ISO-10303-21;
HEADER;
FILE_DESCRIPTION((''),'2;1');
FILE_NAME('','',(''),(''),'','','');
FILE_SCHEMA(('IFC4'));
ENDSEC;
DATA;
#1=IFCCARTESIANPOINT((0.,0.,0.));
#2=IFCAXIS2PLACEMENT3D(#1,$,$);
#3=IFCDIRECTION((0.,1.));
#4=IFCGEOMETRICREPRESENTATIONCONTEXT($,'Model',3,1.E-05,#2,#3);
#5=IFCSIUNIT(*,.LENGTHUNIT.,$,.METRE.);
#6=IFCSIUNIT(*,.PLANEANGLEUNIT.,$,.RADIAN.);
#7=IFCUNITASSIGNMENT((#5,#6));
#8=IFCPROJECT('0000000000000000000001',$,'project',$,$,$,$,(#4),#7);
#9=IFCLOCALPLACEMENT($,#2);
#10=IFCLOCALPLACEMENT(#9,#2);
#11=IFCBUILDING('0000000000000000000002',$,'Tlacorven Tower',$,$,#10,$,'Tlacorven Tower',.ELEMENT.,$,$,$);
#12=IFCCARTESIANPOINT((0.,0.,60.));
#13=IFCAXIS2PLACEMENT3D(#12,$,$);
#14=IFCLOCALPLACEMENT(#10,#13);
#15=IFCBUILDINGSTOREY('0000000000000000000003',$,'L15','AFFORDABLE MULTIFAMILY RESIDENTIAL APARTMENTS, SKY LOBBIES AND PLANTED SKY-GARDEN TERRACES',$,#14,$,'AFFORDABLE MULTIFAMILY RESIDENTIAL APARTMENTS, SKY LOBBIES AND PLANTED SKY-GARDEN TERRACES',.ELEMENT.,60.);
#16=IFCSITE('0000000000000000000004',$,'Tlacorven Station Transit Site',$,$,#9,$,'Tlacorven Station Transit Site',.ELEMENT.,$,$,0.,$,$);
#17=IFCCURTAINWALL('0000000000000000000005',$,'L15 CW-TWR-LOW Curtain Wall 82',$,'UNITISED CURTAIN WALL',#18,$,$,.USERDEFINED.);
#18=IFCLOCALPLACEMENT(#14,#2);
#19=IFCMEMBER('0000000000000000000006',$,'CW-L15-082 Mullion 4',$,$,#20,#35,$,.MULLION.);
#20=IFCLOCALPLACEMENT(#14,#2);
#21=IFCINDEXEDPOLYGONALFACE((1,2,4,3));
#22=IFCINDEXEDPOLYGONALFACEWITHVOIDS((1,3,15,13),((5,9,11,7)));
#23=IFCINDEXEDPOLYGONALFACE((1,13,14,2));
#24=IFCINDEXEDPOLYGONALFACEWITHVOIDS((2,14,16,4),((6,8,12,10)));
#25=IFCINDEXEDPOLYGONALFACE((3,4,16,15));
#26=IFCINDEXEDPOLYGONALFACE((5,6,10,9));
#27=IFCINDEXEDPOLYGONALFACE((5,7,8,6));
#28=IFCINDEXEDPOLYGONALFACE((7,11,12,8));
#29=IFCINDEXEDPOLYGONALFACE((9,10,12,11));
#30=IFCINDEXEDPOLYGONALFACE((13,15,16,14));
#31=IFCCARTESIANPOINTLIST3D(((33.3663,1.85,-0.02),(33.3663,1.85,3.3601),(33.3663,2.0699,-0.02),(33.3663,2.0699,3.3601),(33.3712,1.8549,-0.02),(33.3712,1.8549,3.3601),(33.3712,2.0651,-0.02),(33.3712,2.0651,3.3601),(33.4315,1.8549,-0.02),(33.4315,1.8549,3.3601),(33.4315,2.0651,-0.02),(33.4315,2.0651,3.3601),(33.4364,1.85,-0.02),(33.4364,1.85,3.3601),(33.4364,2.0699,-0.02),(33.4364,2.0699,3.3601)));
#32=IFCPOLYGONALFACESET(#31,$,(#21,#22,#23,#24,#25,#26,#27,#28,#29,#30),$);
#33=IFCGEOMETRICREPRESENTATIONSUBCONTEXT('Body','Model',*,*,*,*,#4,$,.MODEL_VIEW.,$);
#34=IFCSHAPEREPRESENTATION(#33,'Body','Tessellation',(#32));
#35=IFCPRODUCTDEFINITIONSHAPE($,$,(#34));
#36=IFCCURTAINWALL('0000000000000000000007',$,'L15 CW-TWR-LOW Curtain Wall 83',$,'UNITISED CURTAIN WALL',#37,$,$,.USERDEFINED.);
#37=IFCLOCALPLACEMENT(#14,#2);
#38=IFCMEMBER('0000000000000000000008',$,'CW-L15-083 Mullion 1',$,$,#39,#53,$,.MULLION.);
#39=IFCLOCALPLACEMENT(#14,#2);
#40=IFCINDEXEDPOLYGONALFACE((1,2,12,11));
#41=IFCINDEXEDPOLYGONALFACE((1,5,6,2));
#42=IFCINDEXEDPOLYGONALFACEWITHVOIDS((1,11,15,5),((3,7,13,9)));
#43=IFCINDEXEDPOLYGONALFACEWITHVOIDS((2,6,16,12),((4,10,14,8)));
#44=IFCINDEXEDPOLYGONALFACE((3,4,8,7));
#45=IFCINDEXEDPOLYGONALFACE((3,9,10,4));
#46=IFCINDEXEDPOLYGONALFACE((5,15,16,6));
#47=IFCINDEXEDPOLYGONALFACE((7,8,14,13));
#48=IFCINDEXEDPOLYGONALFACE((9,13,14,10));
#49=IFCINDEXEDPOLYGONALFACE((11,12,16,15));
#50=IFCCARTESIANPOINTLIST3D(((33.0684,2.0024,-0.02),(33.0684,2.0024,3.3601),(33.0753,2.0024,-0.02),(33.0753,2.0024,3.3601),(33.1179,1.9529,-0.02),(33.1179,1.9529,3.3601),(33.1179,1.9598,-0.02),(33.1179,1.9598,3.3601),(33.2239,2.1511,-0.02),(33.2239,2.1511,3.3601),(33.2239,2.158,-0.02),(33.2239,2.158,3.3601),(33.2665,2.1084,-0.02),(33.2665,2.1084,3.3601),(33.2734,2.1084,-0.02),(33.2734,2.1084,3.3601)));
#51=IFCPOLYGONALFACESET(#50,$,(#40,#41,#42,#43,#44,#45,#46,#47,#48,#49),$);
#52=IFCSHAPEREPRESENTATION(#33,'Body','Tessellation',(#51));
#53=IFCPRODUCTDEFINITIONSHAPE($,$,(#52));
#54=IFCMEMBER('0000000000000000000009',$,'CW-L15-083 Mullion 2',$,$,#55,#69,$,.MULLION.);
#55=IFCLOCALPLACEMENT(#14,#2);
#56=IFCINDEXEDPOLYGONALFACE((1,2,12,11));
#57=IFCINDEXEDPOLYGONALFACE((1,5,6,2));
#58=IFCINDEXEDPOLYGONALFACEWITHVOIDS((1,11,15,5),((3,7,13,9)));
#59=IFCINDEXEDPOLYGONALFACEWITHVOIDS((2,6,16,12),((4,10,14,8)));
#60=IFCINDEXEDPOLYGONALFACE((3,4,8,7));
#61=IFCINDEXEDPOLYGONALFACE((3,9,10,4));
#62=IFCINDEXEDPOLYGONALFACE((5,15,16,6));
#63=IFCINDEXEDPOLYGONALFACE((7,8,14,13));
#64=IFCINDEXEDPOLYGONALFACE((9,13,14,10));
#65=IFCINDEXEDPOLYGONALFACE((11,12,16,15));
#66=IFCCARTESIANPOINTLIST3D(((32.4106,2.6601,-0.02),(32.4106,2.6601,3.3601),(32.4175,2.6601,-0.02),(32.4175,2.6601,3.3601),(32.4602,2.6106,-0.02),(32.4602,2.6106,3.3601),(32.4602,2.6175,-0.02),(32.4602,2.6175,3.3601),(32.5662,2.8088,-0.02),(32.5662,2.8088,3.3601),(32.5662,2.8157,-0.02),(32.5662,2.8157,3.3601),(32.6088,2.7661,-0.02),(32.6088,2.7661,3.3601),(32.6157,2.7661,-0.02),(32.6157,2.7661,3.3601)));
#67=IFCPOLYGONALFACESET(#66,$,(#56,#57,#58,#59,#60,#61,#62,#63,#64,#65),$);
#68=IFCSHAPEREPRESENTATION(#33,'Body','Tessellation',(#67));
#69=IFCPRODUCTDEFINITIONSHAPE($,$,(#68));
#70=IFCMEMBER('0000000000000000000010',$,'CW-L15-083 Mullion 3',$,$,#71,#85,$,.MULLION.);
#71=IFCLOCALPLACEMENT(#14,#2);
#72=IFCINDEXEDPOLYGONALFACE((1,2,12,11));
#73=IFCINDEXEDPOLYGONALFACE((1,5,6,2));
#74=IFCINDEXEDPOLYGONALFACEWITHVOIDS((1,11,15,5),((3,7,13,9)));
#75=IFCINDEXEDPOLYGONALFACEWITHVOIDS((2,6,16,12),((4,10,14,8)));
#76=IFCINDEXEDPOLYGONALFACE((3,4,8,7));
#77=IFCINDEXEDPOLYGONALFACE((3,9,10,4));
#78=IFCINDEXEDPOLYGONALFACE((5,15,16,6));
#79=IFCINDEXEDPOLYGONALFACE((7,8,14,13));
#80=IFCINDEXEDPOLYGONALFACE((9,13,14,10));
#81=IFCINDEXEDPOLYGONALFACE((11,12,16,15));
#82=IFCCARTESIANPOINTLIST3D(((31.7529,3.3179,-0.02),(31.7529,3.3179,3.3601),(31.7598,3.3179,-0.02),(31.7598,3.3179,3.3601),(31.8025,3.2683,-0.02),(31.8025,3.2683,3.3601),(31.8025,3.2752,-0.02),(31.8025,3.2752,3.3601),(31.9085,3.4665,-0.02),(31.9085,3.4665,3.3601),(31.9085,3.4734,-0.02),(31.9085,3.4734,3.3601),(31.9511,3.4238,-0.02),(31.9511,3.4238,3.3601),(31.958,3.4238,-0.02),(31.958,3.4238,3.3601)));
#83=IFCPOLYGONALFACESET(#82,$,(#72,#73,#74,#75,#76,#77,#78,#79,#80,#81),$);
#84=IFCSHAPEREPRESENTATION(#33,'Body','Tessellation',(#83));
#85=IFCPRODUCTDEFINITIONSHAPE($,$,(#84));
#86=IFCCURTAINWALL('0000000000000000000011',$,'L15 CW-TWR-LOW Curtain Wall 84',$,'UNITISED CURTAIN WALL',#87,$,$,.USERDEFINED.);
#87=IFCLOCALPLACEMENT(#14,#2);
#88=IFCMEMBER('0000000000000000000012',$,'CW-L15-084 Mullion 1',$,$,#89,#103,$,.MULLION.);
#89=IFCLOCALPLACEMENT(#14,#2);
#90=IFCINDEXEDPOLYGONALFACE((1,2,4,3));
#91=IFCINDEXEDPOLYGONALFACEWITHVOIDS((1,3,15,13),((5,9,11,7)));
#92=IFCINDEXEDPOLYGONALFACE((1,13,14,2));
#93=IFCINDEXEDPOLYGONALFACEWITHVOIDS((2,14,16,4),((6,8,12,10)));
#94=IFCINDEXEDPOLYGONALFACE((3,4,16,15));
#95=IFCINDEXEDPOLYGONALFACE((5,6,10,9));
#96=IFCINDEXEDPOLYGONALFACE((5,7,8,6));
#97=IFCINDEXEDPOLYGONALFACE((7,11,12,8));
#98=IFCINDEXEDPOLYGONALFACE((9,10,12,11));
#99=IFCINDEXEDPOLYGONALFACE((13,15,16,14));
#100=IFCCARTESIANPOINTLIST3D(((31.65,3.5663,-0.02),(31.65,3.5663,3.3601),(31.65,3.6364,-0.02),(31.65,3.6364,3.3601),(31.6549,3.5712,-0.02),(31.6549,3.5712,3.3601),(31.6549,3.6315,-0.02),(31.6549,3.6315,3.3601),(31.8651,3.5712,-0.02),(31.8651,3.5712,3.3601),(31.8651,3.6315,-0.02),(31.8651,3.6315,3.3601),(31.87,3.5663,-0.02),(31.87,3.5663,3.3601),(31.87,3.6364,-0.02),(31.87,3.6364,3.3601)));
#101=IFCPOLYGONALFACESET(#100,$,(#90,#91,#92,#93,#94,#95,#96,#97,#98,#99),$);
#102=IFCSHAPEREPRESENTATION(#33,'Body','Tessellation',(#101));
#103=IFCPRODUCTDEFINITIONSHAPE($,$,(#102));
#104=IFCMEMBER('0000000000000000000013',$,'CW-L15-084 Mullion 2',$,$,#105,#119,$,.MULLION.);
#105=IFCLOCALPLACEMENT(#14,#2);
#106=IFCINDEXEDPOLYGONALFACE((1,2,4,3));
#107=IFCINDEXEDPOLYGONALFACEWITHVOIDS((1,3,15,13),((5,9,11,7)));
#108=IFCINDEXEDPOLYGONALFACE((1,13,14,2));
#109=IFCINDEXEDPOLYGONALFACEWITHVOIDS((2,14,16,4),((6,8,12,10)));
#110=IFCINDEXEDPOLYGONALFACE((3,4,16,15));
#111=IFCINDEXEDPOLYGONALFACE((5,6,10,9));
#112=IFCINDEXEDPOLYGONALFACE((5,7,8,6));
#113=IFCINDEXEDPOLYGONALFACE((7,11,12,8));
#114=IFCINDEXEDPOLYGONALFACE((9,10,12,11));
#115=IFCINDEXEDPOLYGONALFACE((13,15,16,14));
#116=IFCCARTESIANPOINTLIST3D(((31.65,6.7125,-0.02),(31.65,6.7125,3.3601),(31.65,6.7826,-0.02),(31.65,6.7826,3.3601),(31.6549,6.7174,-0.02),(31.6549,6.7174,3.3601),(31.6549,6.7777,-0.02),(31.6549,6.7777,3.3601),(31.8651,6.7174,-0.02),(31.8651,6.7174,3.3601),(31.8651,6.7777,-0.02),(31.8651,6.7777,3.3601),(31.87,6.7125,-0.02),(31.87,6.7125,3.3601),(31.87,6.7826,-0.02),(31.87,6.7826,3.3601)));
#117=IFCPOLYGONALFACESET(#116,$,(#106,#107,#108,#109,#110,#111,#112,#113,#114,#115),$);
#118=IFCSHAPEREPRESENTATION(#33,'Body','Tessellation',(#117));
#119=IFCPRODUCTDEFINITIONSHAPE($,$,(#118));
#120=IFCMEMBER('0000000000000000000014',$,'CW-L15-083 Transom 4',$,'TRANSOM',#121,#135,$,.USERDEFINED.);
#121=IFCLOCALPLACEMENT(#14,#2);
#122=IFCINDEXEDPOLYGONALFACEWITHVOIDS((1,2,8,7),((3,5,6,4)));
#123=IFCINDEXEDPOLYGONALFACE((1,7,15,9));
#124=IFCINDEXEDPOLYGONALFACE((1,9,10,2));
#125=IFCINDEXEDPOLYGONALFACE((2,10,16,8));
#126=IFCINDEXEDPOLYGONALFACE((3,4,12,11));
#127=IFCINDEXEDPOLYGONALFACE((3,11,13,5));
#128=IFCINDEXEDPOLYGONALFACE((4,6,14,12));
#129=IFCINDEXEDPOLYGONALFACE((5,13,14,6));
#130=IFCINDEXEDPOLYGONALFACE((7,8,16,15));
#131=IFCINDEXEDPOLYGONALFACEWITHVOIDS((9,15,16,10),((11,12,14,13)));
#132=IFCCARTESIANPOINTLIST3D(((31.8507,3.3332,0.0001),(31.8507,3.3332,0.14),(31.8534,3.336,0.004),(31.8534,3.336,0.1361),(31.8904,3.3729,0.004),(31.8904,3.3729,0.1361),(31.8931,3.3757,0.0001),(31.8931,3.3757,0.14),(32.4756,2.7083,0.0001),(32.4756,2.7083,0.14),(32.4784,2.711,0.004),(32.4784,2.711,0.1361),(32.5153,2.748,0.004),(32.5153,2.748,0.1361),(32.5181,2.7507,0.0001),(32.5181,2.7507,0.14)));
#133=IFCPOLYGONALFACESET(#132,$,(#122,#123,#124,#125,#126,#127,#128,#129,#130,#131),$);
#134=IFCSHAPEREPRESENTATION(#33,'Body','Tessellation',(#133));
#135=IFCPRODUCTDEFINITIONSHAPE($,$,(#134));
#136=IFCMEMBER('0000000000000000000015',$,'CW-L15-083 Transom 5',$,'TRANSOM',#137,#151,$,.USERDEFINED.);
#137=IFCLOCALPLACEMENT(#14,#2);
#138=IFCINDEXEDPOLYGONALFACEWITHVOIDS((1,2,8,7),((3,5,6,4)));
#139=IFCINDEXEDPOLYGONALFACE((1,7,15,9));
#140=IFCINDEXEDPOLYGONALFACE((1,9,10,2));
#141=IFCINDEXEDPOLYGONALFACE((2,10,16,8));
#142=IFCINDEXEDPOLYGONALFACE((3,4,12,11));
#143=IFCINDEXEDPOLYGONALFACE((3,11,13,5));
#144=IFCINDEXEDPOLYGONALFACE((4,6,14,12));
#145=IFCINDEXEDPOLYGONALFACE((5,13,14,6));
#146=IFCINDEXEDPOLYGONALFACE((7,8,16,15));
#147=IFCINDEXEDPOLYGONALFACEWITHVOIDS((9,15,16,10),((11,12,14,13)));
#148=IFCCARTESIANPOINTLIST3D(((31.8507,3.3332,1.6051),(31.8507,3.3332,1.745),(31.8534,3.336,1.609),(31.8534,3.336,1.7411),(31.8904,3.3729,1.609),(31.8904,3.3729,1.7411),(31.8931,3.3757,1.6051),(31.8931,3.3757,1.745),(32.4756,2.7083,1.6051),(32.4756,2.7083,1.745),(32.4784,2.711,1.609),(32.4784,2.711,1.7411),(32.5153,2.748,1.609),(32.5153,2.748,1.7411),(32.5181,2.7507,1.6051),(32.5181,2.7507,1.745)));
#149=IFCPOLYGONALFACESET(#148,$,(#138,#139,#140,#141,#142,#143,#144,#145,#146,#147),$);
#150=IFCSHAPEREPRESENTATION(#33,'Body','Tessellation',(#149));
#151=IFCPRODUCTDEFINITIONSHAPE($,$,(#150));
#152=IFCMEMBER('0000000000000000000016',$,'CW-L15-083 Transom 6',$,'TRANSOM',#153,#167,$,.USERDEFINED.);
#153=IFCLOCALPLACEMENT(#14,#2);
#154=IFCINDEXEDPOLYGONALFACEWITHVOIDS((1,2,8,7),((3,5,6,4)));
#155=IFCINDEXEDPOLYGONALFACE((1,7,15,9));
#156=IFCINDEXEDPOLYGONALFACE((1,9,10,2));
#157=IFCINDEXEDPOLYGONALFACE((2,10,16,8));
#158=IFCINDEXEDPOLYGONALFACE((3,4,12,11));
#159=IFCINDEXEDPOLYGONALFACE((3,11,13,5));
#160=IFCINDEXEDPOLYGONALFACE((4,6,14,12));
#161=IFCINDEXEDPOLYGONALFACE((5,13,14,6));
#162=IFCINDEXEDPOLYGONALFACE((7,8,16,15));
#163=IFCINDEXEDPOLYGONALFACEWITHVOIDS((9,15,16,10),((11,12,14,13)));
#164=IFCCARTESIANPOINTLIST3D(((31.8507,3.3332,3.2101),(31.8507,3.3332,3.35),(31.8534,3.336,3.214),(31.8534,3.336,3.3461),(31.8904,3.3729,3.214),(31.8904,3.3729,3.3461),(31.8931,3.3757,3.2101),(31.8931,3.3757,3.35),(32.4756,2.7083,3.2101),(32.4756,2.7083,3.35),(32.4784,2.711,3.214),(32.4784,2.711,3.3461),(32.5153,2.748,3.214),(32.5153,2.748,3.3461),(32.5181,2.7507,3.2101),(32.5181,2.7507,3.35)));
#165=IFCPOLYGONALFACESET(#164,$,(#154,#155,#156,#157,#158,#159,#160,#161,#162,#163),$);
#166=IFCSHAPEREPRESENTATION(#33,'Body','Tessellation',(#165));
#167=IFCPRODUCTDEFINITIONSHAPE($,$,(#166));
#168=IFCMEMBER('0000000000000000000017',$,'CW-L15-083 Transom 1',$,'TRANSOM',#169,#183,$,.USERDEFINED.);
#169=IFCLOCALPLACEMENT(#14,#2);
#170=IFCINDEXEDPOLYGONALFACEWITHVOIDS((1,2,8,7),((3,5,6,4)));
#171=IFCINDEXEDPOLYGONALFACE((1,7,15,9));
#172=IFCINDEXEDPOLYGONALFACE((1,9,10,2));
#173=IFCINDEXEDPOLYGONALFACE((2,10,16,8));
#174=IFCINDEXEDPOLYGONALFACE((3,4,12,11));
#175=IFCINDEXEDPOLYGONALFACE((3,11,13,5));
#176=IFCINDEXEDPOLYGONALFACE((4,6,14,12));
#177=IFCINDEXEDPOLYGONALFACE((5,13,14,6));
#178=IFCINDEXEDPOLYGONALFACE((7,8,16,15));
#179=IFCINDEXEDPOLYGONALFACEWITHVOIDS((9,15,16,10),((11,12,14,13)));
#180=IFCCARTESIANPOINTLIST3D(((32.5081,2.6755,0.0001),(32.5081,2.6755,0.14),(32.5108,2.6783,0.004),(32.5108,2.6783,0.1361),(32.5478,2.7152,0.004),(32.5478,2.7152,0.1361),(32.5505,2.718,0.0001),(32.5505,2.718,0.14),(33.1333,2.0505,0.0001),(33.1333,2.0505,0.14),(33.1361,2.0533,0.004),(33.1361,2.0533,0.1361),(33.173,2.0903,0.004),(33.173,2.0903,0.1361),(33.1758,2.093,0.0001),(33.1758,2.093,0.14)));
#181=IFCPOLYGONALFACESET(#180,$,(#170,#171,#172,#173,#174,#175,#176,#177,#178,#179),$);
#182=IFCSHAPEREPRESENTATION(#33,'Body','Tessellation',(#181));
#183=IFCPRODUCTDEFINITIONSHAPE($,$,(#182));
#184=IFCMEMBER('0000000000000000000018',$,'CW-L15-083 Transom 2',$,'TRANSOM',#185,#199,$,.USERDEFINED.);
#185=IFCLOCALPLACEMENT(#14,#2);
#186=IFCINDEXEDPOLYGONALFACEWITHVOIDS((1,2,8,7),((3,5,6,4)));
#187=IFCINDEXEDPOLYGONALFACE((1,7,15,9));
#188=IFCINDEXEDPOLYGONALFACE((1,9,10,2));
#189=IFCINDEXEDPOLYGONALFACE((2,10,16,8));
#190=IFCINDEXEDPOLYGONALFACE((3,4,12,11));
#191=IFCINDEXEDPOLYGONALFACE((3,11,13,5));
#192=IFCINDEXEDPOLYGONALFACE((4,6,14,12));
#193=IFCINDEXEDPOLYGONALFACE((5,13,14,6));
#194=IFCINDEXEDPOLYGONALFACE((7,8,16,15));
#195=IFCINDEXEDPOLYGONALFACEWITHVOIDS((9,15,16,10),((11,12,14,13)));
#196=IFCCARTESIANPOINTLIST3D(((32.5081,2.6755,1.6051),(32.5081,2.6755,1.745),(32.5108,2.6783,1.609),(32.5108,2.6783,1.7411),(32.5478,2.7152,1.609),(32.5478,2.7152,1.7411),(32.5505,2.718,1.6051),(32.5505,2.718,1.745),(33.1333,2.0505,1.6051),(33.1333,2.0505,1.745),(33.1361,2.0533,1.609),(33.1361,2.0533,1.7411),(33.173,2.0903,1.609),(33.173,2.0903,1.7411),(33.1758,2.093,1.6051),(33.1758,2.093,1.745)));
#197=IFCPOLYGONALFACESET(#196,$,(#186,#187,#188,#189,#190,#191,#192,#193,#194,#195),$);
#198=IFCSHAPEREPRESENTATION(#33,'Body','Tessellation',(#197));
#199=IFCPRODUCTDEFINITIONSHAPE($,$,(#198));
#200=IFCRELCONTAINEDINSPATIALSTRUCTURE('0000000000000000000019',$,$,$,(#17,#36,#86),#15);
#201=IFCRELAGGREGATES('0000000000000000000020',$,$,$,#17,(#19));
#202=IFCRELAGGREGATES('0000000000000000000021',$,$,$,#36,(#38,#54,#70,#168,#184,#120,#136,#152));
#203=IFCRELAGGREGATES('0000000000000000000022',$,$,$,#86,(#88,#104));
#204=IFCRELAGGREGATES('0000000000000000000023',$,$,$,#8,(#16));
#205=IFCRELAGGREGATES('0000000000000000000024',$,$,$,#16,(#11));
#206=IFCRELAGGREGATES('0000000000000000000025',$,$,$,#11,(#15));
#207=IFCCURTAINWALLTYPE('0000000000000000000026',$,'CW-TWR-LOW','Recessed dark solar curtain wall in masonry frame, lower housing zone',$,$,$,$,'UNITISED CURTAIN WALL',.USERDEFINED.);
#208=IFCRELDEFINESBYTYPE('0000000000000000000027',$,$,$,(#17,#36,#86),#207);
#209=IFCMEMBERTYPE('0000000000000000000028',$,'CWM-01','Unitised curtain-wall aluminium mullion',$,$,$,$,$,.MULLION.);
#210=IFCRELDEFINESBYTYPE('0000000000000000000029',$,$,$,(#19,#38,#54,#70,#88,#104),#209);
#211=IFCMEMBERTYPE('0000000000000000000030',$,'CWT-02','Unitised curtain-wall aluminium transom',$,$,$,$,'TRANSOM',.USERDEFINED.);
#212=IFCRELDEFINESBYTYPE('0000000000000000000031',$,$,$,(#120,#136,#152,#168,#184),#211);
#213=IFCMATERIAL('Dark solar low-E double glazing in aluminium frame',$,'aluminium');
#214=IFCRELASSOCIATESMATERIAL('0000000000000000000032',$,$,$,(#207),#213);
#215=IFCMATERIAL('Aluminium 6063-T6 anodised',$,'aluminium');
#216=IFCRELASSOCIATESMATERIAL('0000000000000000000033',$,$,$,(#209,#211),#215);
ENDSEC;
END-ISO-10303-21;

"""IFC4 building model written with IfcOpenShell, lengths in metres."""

from ifc_helpers import new_model, si_unit, direction, frame, origin, origin_2d, place, context, subcontext, project, spatial, hollow_rectangle, extrude, source, transform, mapped, material, material_profile, profile_set, type_object, element, aggregate, save


model = new_model("IFC4")

# Units and contexts
model_context = context("Model", 3, precision=1e-05, world=origin(), true_north=direction((0.0, 1.0)))
body_context = subcontext(model_context, "Body", "Model", "MODEL_VIEW")
ifc_project = project(units=[si_unit("LENGTHUNIT", "METRE"), si_unit("PLANEANGLEUNIT", "RADIAN")], contexts=[model_context])

# Site, building, storey
site_placement = place(None, origin())
site = spatial("IfcSite", under=ifc_project, at=site_placement, Name="Tlacorven Station Transit Site", LongName="Tlacorven Station Transit Site", CompositionType="ELEMENT", RefElevation=0.0)
building_placement = place(site_placement, origin())
building = spatial("IfcBuilding", under=site, at=building_placement, Name="Tlacorven Tower", LongName="Tlacorven Tower", CompositionType="ELEMENT")
storey_placement = place(building_placement, frame((0.0, 0.0, 60.0)))
storey = spatial("IfcBuildingStorey", under=building, at=storey_placement, Name="L15", Description="AFFORDABLE MULTIFAMILY RESIDENTIAL APARTMENTS, SKY LOBBIES AND PLANTED SKY-GARDEN TERRACES", LongName="AFFORDABLE MULTIFAMILY RESIDENTIAL APARTMENTS, SKY LOBBIES AND PLANTED SKY-GARDEN TERRACES", CompositionType="ELEMENT", Elevation=60.0)

# Curtain wall, member
ifc_material_1 = material(Name="Dark solar low-E double glazing in aluminium frame", Category="aluminium")
curtain_wall_type = type_object("IfcCurtainWallType", Name="CW-TWR-LOW", Description="Recessed dark solar curtain wall in masonry frame, lower housing zone", ElementType="UNITISED CURTAIN WALL", PredefinedType="USERDEFINED", material=ifc_material_1)
curtain_wall_1_placement = place(storey_placement, origin())
curtain_wall_1 = element("IfcCurtainWall", 1, at=curtain_wall_1_placement, inside=storey, type_object=curtain_wall_type, Name="L15 CW-TWR-LOW Curtain Wall 82", ObjectType="UNITISED CURTAIN WALL", PredefinedType="USERDEFINED")
ifc_material_2 = material(Name="Aluminium 6063-T6 anodised", Category="aluminium")
ifc_material_profile_1 = material_profile(ifc_material_2, hollow_rectangle(XDim=0.0701, YDim=0.22, WallThickness=0.0049, at=origin_2d()), Name="ALU MULLION 70X220")
ifc_profile_set_1 = profile_set([ifc_material_profile_1], Name="Aluminium 6063-T6 anodised")
member_type_1 = type_object("IfcMemberType", Name="CWM-01", Description="Unitised curtain-wall aluminium mullion", PredefinedType="MULLION", material=ifc_profile_set_1)
shared_shape_1 = source(origin(), body_context, "Body", "SweptSolid", [
    extrude(hollow_rectangle(XDim=0.0701, YDim=0.22, WallThickness=0.0049, at=origin_2d()), origin(), (0.0, 0.0, 1.0), 3.3801),
])
member_1_placement = place(storey_placement, frame((33.4014, 1.96, -0.02), z_axis=(0.0, 0.0, 1.0), x_axis=(-1.0, 0.0, 0.0)))
member_1 = element("IfcMember", 2, at=member_1_placement, type_object=member_type_1, Name="CW-L15-082 Mullion 4", PredefinedType="MULLION", context=body_context, shape_type="MappedRepresentation", body=[
    mapped(shared_shape_1, transform((0.0, 0.0, 0.0), scale=1.0)),
])
aggregate(curtain_wall_1, [member_1])

# Curtain walls, members
curtain_wall_2_placement = place(storey_placement, origin())
curtain_wall_2 = element("IfcCurtainWall", 3, at=curtain_wall_2_placement, inside=storey, type_object=curtain_wall_type, Name="L15 CW-TWR-LOW Curtain Wall 83", ObjectType="UNITISED CURTAIN WALL", PredefinedType="USERDEFINED")
member_2_placement = place(storey_placement, frame((33.1709, 2.0554, -0.02), z_axis=(0.0, 0.0, 1.0), x_axis=(-0.707107, 0.707107, 0.0)))
member_2 = element("IfcMember", 4, at=member_2_placement, type_object=member_type_1, Name="CW-L15-083 Mullion 1", PredefinedType="MULLION", context=body_context, shape_type="MappedRepresentation", body=[
    mapped(shared_shape_1, transform((0.0, 0.0, 0.0), scale=1.0)),
])
member_3_placement = place(storey_placement, frame((32.5132, 2.7131, -0.02), z_axis=(0.0, 0.0, 1.0), x_axis=(-0.707107, 0.707107, 0.0)))
member_3 = element("IfcMember", 5, at=member_3_placement, type_object=member_type_1, Name="CW-L15-083 Mullion 2", PredefinedType="MULLION", context=body_context, shape_type="MappedRepresentation", body=[
    mapped(shared_shape_1, transform((0.0, 0.0, 0.0), scale=1.0)),
])
member_4_placement = place(storey_placement, frame((31.8555, 3.3708, -0.02), z_axis=(0.0, 0.0, 1.0), x_axis=(-0.707107, 0.707107, 0.0)))
member_4 = element("IfcMember", 6, at=member_4_placement, type_object=member_type_1, Name="CW-L15-083 Mullion 3", PredefinedType="MULLION", context=body_context, shape_type="MappedRepresentation", body=[
    mapped(shared_shape_1, transform((0.0, 0.0, 0.0), scale=1.0)),
])
curtain_wall_3_placement = place(storey_placement, origin())
curtain_wall_3 = element("IfcCurtainWall", 7, at=curtain_wall_3_placement, inside=storey, type_object=curtain_wall_type, Name="L15 CW-TWR-LOW Curtain Wall 84", ObjectType="UNITISED CURTAIN WALL", PredefinedType="USERDEFINED")
member_5_placement = place(storey_placement, frame((31.76, 3.6013, -0.02), z_axis=(0.0, 0.0, 1.0), x_axis=(0.0, 1.0, 0.0)))
member_5 = element("IfcMember", 8, at=member_5_placement, type_object=member_type_1, Name="CW-L15-084 Mullion 1", PredefinedType="MULLION", context=body_context, shape_type="MappedRepresentation", body=[
    mapped(shared_shape_1, transform((0.0, 0.0, 0.0), scale=1.0)),
])
member_6_placement = place(storey_placement, frame((31.76, 6.7476, -0.02), z_axis=(0.0, 0.0, 1.0), x_axis=(0.0, 1.0, 0.0)))
member_6 = element("IfcMember", 9, at=member_6_placement, type_object=member_type_1, Name="CW-L15-084 Mullion 2", PredefinedType="MULLION", context=body_context, shape_type="MappedRepresentation", body=[
    mapped(shared_shape_1, transform((0.0, 0.0, 0.0), scale=1.0)),
])

# Members
ifc_material_profile_2 = material_profile(ifc_material_2, hollow_rectangle(XDim=0.0601, YDim=0.1399, WallThickness=0.0039, at=origin_2d()), Name="ALU TRANSOM 60X140")
ifc_profile_set_2 = profile_set([ifc_material_profile_2], Name="Aluminium 6063-T6 anodised")
member_type_2 = type_object("IfcMemberType", Name="CWT-02", Description="Unitised curtain-wall aluminium transom", ElementType="TRANSOM", PredefinedType="USERDEFINED", material=ifc_profile_set_2)
shared_shape_2 = source(origin(), body_context, "Body", "SweptSolid", [
    extrude(hollow_rectangle(XDim=0.0601, YDim=0.1399, WallThickness=0.0039, at=origin_2d()), origin(), (0.0, 0.0, 1.0), 0.8838),
])
member_7_placement = place(storey_placement, frame((32.4968, 2.7295, 0.0701), z_axis=(-0.707107, 0.707107, 0.0), x_axis=(-0.707107, -0.707107, 0.0)))
member_7 = element("IfcMember", 10, at=member_7_placement, type_object=member_type_2, Name="CW-L15-083 Transom 4", ObjectType="TRANSOM", PredefinedType="USERDEFINED", context=body_context, shape_type="MappedRepresentation", body=[
    mapped(shared_shape_2, transform((0.0, 0.0, 0.0), scale=1.0)),
])
member_8_placement = place(storey_placement, frame((32.4968, 2.7295, 1.675), z_axis=(-0.707107, 0.707107, 0.0), x_axis=(-0.707107, -0.707107, 0.0)))
member_8 = element("IfcMember", 11, at=member_8_placement, type_object=member_type_2, Name="CW-L15-083 Transom 5", ObjectType="TRANSOM", PredefinedType="USERDEFINED", context=body_context, shape_type="MappedRepresentation", body=[
    mapped(shared_shape_2, transform((0.0, 0.0, 0.0), scale=1.0)),
])
member_9_placement = place(storey_placement, frame((32.4968, 2.7295, 3.28), z_axis=(-0.707107, 0.707107, 0.0), x_axis=(-0.707107, -0.707107, 0.0)))
member_9 = element("IfcMember", 12, at=member_9_placement, type_object=member_type_2, Name="CW-L15-083 Transom 6", ObjectType="TRANSOM", PredefinedType="USERDEFINED", context=body_context, shape_type="MappedRepresentation", body=[
    mapped(shared_shape_2, transform((0.0, 0.0, 0.0), scale=1.0)),
])
shared_shape_3 = source(origin(), body_context, "Body", "SweptSolid", [
    extrude(hollow_rectangle(XDim=0.0601, YDim=0.1399, WallThickness=0.0039, at=origin_2d()), origin(), (0.0, 0.0, 1.0), 0.884),
])
member_10_placement = place(storey_placement, frame((33.1545, 2.0718, 0.0701), z_axis=(-0.707245, 0.706969, 0.0), x_axis=(-0.706969, -0.707245, 0.0)))
member_10 = element("IfcMember", 13, at=member_10_placement, type_object=member_type_2, Name="CW-L15-083 Transom 1", ObjectType="TRANSOM", PredefinedType="USERDEFINED", context=body_context, shape_type="MappedRepresentation", body=[
    mapped(shared_shape_3, transform((0.0, 0.0, 0.0), scale=1.0)),
])
member_11_placement = place(storey_placement, frame((33.1545, 2.0718, 1.675), z_axis=(-0.707245, 0.706969, 0.0), x_axis=(-0.706969, -0.707245, 0.0)))
member_11 = element("IfcMember", 14, at=member_11_placement, type_object=member_type_2, Name="CW-L15-083 Transom 2", ObjectType="TRANSOM", PredefinedType="USERDEFINED", context=body_context, shape_type="MappedRepresentation", body=[
    mapped(shared_shape_3, transform((0.0, 0.0, 0.0), scale=1.0)),
])

aggregate(curtain_wall_2, [member_2, member_3, member_4, member_10, member_11, member_7, member_8, member_9])
aggregate(curtain_wall_3, [member_5, member_6])

save(model, "model.ifc")
